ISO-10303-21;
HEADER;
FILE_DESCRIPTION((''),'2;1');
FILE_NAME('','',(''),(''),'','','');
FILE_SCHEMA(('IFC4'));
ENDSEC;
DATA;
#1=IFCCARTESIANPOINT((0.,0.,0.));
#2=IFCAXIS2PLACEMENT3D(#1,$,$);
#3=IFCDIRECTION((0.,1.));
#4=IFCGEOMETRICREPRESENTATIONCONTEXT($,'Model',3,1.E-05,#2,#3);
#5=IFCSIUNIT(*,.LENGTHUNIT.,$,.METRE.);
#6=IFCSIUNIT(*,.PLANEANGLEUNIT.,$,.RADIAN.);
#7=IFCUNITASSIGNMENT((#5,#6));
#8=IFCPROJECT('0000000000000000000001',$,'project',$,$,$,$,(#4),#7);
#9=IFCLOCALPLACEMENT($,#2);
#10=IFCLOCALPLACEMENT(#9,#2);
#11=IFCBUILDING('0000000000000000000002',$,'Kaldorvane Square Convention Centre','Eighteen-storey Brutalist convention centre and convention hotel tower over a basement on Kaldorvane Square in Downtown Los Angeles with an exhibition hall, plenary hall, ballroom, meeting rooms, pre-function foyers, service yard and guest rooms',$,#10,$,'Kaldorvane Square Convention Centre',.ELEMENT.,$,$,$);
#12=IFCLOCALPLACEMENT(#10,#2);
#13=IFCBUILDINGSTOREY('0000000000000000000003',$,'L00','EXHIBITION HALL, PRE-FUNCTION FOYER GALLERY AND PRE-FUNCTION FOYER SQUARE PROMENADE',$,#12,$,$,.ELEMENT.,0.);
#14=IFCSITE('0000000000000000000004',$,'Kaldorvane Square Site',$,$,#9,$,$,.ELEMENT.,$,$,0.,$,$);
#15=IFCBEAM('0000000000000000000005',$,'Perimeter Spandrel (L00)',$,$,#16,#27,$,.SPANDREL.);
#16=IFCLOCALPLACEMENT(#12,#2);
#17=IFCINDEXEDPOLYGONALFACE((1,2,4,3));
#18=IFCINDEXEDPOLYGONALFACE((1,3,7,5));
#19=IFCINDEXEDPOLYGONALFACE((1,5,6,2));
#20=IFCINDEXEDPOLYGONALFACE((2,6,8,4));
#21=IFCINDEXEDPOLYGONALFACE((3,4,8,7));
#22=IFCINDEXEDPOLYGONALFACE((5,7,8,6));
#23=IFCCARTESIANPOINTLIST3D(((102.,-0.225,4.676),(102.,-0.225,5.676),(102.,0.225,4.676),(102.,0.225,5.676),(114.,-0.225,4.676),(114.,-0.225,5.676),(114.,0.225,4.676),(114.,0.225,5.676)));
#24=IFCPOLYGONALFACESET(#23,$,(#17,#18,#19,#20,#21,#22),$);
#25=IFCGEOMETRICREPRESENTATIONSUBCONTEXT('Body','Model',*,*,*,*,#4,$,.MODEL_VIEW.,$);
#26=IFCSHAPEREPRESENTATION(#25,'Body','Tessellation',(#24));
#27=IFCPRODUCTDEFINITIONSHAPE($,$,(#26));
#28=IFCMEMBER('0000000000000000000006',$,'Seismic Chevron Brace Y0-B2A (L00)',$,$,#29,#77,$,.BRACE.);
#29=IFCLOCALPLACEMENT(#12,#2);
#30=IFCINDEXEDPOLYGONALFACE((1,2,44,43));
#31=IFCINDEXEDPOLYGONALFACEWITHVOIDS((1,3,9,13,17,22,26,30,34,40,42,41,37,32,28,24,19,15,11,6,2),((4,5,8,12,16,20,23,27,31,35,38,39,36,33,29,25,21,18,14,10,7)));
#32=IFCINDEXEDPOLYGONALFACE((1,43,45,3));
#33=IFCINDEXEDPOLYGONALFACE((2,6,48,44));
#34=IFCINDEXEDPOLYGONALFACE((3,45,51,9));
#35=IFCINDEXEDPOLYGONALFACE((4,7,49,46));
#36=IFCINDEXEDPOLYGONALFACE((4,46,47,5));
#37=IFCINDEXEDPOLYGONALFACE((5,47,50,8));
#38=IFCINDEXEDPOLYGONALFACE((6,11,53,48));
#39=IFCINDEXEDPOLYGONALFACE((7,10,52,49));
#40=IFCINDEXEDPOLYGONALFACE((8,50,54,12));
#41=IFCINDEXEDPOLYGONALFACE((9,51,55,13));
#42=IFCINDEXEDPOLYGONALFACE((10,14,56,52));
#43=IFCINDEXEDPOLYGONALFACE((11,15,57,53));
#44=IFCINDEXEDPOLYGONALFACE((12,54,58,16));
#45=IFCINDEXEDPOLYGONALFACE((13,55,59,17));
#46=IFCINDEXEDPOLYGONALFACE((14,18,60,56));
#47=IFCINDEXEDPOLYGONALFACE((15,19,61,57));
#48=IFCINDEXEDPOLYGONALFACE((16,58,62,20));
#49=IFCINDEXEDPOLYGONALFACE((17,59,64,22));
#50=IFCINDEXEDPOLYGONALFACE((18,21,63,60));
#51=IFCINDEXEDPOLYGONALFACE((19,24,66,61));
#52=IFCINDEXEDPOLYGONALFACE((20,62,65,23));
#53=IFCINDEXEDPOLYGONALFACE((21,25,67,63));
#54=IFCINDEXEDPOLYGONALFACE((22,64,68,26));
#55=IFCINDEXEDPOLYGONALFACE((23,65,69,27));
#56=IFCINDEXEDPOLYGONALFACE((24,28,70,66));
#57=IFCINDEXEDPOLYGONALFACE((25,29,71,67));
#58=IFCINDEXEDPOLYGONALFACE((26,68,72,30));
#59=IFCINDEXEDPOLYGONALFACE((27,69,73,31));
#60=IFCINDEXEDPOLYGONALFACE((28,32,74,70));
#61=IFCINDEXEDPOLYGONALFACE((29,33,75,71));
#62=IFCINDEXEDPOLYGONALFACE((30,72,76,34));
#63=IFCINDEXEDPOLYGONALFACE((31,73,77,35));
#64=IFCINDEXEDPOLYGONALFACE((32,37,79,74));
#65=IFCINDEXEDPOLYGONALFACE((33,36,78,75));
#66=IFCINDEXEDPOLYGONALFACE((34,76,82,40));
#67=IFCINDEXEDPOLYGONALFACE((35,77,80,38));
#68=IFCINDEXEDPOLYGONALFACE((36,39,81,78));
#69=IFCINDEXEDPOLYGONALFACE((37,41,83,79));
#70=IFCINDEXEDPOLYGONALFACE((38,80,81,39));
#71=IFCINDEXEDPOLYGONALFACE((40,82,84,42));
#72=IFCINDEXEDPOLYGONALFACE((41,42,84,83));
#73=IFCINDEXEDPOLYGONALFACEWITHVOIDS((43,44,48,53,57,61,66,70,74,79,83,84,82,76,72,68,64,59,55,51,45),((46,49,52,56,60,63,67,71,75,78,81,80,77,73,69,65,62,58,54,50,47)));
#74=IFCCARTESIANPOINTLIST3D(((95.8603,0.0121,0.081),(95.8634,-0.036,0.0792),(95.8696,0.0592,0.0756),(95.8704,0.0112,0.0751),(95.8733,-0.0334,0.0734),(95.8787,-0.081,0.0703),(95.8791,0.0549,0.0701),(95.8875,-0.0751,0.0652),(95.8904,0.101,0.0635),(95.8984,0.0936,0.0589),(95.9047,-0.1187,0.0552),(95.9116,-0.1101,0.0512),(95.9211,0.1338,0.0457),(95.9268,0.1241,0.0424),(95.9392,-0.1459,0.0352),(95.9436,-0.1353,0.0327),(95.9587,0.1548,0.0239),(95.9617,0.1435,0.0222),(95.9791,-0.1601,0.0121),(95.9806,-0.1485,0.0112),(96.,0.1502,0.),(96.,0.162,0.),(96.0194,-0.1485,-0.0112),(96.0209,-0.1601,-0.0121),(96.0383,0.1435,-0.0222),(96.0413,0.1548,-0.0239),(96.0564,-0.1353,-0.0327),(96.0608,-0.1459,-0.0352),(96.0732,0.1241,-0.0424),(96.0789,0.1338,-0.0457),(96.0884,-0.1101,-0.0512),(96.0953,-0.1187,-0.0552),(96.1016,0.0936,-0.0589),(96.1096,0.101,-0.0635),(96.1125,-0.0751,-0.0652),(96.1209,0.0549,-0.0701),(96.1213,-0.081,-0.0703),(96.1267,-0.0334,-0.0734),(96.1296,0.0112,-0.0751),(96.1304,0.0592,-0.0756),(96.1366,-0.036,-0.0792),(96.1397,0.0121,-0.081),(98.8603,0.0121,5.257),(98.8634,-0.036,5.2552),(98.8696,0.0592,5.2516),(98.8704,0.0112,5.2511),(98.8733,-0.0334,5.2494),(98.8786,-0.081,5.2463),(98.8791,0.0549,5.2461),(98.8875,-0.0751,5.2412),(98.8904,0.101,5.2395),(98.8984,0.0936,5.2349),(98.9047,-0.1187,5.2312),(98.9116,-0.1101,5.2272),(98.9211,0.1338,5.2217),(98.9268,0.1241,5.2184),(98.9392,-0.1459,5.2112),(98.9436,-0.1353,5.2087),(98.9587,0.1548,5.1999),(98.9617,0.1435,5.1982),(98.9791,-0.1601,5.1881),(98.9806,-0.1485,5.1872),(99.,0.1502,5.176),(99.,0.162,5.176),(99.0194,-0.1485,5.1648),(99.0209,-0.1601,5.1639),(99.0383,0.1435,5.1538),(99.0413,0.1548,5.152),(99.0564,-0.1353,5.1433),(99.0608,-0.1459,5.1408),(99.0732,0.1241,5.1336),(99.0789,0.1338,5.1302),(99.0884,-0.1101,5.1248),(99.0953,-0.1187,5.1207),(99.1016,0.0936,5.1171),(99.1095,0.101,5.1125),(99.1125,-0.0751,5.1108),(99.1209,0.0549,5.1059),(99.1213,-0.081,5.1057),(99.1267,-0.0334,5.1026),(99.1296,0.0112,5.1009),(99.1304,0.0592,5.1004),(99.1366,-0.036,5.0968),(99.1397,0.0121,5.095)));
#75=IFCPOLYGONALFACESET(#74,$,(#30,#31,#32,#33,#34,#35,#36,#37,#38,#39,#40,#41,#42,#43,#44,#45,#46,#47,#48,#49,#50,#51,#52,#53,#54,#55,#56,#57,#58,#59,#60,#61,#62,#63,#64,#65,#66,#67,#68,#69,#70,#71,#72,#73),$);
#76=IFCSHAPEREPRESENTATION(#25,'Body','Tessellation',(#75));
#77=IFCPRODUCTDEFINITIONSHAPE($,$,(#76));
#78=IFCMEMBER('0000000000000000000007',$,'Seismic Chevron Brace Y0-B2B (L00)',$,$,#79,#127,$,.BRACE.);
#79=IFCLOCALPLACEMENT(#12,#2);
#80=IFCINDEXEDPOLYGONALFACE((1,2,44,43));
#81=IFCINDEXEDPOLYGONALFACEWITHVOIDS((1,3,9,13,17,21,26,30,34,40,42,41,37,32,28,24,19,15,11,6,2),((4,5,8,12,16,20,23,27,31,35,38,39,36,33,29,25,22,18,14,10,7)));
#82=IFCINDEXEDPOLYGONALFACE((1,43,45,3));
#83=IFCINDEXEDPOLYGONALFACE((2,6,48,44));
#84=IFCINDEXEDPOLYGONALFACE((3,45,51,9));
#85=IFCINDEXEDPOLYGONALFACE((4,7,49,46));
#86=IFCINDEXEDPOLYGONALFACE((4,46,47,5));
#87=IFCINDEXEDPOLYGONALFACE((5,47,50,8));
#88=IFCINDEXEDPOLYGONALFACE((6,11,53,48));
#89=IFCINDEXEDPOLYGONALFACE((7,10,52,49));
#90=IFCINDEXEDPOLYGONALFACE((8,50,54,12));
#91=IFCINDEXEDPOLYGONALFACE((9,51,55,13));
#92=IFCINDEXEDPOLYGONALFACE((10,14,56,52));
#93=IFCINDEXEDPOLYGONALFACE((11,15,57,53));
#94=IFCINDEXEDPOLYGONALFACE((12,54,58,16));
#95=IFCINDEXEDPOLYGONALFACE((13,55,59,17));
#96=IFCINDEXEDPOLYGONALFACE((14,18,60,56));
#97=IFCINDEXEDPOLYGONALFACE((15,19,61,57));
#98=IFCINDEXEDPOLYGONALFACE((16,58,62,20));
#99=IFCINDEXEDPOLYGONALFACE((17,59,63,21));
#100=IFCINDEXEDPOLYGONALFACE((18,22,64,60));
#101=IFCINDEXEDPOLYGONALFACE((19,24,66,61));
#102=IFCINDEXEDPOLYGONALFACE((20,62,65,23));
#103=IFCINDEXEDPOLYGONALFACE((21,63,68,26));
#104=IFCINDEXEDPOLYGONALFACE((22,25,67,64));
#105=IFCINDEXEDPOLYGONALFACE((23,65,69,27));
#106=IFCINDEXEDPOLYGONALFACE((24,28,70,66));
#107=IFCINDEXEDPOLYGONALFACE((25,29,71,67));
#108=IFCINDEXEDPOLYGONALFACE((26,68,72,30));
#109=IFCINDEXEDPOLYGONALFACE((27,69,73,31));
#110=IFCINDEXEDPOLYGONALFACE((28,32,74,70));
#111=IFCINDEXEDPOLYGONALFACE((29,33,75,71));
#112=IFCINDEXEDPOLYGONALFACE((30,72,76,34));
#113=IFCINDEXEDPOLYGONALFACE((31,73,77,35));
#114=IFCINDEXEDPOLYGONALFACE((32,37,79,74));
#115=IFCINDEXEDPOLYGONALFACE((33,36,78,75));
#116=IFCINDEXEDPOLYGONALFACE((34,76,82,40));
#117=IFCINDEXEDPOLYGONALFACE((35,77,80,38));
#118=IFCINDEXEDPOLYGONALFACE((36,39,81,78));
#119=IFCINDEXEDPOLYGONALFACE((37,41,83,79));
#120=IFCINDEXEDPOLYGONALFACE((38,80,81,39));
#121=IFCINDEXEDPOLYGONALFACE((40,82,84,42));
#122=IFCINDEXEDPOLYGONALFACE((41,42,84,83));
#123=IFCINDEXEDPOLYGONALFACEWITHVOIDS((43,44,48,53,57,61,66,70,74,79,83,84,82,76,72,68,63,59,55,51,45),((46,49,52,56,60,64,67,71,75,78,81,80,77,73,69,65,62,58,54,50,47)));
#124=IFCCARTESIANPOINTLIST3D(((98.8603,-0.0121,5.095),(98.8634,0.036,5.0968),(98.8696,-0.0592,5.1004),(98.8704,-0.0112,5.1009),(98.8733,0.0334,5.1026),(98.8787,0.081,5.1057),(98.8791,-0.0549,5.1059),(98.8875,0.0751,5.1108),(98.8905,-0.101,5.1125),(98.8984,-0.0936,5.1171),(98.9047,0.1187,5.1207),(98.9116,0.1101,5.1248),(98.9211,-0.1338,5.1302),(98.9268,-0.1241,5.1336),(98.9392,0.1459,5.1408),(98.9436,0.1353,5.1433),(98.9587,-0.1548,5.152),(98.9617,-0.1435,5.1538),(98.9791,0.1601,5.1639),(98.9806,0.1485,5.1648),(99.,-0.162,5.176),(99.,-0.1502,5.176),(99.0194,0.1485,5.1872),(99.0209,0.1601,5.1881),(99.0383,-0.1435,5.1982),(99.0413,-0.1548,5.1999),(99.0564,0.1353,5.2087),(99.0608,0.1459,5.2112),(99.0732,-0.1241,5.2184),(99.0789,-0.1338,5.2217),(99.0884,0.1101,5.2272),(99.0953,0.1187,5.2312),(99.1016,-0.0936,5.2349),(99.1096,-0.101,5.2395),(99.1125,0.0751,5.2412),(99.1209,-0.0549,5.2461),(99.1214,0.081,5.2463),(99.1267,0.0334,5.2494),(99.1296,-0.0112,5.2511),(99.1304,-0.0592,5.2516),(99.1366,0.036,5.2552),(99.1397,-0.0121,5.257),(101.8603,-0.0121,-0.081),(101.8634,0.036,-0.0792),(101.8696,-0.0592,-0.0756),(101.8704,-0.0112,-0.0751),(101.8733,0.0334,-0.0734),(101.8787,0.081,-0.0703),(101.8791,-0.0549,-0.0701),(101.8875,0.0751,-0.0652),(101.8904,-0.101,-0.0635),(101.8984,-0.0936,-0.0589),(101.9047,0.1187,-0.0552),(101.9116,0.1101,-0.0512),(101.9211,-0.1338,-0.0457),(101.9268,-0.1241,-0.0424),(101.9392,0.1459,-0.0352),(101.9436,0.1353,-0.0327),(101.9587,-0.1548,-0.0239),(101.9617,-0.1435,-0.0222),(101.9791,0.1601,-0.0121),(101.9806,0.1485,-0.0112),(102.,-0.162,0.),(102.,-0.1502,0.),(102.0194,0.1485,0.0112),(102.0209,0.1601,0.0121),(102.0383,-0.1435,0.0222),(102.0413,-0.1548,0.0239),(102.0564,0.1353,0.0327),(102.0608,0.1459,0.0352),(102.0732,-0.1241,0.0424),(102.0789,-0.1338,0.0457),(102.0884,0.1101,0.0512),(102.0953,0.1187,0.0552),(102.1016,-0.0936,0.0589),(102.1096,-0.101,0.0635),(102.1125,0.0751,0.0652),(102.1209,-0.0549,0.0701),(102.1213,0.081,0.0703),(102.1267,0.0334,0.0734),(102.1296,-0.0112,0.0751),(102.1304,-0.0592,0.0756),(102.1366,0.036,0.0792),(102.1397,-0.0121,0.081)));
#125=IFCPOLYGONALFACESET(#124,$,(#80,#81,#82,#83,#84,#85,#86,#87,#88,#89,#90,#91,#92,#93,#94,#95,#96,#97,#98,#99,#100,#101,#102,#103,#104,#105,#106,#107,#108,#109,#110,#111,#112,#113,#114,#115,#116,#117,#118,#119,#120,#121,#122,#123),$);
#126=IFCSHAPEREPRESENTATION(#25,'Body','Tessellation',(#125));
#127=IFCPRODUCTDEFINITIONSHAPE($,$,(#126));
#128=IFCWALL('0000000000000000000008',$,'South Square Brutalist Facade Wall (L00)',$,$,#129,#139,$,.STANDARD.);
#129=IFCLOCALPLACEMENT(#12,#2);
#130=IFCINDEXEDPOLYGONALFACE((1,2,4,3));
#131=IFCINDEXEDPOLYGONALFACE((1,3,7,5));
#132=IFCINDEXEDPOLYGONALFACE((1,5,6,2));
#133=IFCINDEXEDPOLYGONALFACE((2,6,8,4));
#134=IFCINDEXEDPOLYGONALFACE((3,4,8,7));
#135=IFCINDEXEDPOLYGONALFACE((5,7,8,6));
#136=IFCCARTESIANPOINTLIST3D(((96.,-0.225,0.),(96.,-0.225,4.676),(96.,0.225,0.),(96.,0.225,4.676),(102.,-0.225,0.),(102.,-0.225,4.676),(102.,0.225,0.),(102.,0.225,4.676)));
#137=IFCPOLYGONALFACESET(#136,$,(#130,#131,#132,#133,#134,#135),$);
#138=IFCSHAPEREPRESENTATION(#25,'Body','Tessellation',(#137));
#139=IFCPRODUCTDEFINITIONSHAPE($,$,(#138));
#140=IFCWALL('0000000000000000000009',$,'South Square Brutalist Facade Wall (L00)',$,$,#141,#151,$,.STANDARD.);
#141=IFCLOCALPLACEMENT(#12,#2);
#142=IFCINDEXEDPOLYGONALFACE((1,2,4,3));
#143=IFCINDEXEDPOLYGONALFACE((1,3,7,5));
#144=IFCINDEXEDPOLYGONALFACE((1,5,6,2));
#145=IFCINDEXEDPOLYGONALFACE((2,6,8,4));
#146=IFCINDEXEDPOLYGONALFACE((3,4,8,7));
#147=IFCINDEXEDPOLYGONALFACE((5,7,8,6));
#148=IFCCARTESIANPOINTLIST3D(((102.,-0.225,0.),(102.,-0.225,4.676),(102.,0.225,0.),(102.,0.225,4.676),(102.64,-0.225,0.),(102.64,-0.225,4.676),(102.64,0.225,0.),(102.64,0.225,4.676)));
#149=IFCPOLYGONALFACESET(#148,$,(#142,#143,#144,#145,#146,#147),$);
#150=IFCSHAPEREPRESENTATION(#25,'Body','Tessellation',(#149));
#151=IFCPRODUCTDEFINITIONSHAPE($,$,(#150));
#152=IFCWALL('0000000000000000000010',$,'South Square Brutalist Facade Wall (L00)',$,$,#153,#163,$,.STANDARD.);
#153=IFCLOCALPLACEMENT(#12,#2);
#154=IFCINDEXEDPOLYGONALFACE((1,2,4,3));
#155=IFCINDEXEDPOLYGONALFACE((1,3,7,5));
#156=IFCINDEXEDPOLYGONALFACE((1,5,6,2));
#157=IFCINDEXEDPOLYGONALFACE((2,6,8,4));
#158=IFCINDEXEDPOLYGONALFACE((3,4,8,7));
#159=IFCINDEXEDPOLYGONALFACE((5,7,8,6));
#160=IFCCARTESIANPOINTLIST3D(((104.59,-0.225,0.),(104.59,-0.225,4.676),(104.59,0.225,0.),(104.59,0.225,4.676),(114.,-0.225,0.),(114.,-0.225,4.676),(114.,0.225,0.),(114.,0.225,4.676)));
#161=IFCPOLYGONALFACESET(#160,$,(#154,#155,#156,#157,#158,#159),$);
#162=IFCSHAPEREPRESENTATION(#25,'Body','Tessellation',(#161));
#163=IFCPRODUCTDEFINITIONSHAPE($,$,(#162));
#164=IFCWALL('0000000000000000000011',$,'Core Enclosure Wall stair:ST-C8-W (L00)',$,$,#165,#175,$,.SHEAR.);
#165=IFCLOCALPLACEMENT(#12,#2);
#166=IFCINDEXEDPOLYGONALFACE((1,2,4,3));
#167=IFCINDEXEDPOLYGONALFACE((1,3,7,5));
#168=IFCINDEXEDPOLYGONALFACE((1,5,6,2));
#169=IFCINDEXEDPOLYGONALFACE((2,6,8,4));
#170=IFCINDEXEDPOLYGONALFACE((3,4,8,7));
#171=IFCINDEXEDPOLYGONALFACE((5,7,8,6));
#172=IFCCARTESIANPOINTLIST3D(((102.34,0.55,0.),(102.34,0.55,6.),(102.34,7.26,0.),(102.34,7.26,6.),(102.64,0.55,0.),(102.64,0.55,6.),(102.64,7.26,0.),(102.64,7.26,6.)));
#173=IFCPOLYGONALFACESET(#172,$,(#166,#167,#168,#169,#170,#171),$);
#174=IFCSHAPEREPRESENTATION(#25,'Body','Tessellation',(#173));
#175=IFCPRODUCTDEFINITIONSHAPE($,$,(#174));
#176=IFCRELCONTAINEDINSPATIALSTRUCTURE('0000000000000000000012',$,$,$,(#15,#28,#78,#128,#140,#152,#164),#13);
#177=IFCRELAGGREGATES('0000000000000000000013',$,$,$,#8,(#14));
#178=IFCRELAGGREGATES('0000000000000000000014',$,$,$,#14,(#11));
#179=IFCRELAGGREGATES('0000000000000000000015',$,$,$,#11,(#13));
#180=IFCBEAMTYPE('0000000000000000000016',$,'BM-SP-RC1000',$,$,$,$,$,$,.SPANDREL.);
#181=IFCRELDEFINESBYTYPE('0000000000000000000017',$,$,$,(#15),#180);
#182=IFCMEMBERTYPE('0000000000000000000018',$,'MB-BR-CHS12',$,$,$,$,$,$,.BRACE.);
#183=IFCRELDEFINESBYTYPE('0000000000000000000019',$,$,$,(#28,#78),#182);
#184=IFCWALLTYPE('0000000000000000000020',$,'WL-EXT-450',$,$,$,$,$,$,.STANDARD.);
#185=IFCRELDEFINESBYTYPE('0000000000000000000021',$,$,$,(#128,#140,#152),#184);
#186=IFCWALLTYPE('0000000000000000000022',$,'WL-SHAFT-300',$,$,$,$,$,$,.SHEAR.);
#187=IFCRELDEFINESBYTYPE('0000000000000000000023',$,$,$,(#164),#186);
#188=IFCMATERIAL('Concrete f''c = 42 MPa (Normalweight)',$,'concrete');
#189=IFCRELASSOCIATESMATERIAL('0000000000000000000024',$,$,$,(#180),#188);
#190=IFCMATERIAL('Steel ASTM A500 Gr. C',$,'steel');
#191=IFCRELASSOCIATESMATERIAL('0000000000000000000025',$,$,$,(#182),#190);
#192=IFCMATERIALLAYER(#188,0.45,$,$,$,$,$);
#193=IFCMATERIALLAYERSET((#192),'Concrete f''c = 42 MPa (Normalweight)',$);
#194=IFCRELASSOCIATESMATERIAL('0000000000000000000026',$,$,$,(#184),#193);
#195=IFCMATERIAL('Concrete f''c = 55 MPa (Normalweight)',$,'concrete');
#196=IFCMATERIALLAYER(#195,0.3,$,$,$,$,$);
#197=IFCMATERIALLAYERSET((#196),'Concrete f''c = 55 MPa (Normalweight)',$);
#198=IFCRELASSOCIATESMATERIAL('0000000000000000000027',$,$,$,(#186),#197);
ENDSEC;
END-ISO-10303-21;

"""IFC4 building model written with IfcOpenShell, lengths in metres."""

from ifc_helpers import new_model, si_unit, direction, frame, frame_2d, origin, origin_2d, place, context, subcontext, project, spatial, rectangle, hollow_circle, extrude, material, layer, layer_set, material_profile, profile_set, type_object, element, save


model = new_model("IFC4")

# Units and contexts
model_context = context("Model", 3, precision=1e-05, world=origin(), true_north=direction((0.0, 1.0)))
body_context = subcontext(model_context, "Body", "Model", "MODEL_VIEW")
ifc_project = project(units=[si_unit("LENGTHUNIT", "METRE"), si_unit("PLANEANGLEUNIT", "RADIAN")], contexts=[model_context])

# Site, building, storey
site_placement = place(None, origin())
site = spatial("IfcSite", under=ifc_project, at=site_placement, Name="Kaldorvane Square Site", CompositionType="ELEMENT", RefElevation=0.0)
building_placement = place(site_placement, origin())
building = spatial("IfcBuilding", under=site, at=building_placement, Name="Kaldorvane Square Convention Centre", Description="Eighteen-storey Brutalist convention centre and convention hotel tower over a basement on Kaldorvane Square in Downtown Los Angeles with an exhibition hall, plenary hall, ballroom, meeting rooms, pre-function foyers, service yard and guest rooms", LongName="Kaldorvane Square Convention Centre", CompositionType="ELEMENT")
storey_placement = place(building_placement, origin())
storey = spatial("IfcBuildingStorey", under=building, at=storey_placement, Name="L00", Description="EXHIBITION HALL, PRE-FUNCTION FOYER GALLERY AND PRE-FUNCTION FOYER SQUARE PROMENADE", CompositionType="ELEMENT", Elevation=0.0)

# Beam
ifc_material_1 = material(Name="Concrete f'c = 42 MPa (Normalweight)", Category="concrete")
ifc_material_profile_1 = material_profile(ifc_material_1, rectangle(XDim=0.45, YDim=1.0, at=origin_2d()), Name="RCSP1000X450")
ifc_profile_set_1 = profile_set([ifc_material_profile_1], Name="Concrete f'c = 42 MPa (Normalweight)")
beam_type_1 = type_object("IfcBeamType", Name="BM-SP-RC1000", PredefinedType="SPANDREL", material=ifc_profile_set_1)
beam_1_placement = place(storey_placement, frame((102.0, 0.0, 5.176), z_axis=(1.0, 0.0, 0.0), x_axis=(0.0, 1.0, 0.0)))
element("IfcBeam", 1, at=beam_1_placement, inside=storey, type_object=beam_type_1, Name="Perimeter Spandrel (L00)", PredefinedType="SPANDREL", context=body_context, shape_type="SweptSolid", body=[
    extrude(rectangle(XDim=0.45, YDim=1.0, at=origin_2d()), origin(), (0.0, 0.0, 1.0), 12.0),
])

# Members
ifc_material_2 = material(Name="Steel ASTM A500 Gr. C", Category="steel")
ifc_material_profile_2 = material_profile(ifc_material_2, hollow_circle(Radius=0.162, WallThickness=0.0118, at=origin_2d()), Name="HSS12.750X0.500")
ifc_profile_set_2 = profile_set([ifc_material_profile_2], Name="Steel ASTM A500 Gr. C")
member_type = type_object("IfcMemberType", Name="MB-BR-CHS12", PredefinedType="BRACE", material=ifc_profile_set_2)
for number, where, z_axis, x_axis, name in (
    (2, (96.0, 0.0, 0.0), (0.501458, 0.0, 0.865182), (0.0, 1.0, 0.0), "Seismic Chevron Brace Y0-B2A (L00)"),
    (3, (102.0, 0.0, 0.0), (-0.501458, 0.0, 0.865182), (0.0, -1.0, 0.0), "Seismic Chevron Brace Y0-B2B (L00)"),
):
    element("IfcMember", number, at=place(storey_placement, frame(where, z_axis=z_axis, x_axis=x_axis)), inside=storey, type_object=member_type, Name=name, PredefinedType="BRACE", context=body_context, shape_type="SweptSolid", body=[
        extrude(hollow_circle(Radius=0.162, WallThickness=0.0118, at=origin_2d()), origin(), (0.0, 0.0, 1.0), 5.9825),
    ])

# Walls
ifc_layer_1 = layer(ifc_material_1, 0.45)
ifc_layer_set_1 = layer_set([ifc_layer_1], Name="Concrete f'c = 42 MPa (Normalweight)")
wall_type_1 = type_object("IfcWallType", Name="WL-EXT-450", PredefinedType="STANDARD", material=ifc_layer_set_1)
wall_1_placement = place(storey_placement, frame((96.0, 0.0, 0.0), z_axis=(0.0, 0.0, 1.0), x_axis=(1.0, 0.0, 0.0)))
element("IfcWall", 4, at=wall_1_placement, inside=storey, type_object=wall_type_1, Name="South Square Brutalist Facade Wall (L00)", PredefinedType="STANDARD", context=body_context, shape_type="SweptSolid", body=[
    extrude(rectangle(XDim=6.0, YDim=0.45, at=frame_2d((3.0, 0.0))), origin(), (0.0, 0.0, 1.0), 4.676),
])
wall_2_placement = place(storey_placement, frame((102.0, 0.0, 0.0), z_axis=(0.0, 0.0, 1.0), x_axis=(1.0, 0.0, 0.0)))
element("IfcWall", 5, at=wall_2_placement, inside=storey, type_object=wall_type_1, Name="South Square Brutalist Facade Wall (L00)", PredefinedType="STANDARD", context=body_context, shape_type="SweptSolid", body=[
    extrude(rectangle(XDim=0.64, YDim=0.45, at=frame_2d((0.32, 0.0))), origin(), (0.0, 0.0, 1.0), 4.676),
])
wall_3_placement = place(storey_placement, frame((104.59, 0.0, 0.0), z_axis=(0.0, 0.0, 1.0), x_axis=(1.0, 0.0, 0.0)))
element("IfcWall", 6, at=wall_3_placement, inside=storey, type_object=wall_type_1, Name="South Square Brutalist Facade Wall (L00)", PredefinedType="STANDARD", context=body_context, shape_type="SweptSolid", body=[
    extrude(rectangle(XDim=9.41, YDim=0.45, at=frame_2d((4.705, 0.0))), origin(), (0.0, 0.0, 1.0), 4.676),
])
ifc_material_3 = material(Name="Concrete f'c = 55 MPa (Normalweight)", Category="concrete")
ifc_layer_2 = layer(ifc_material_3, 0.3)
ifc_layer_set_2 = layer_set([ifc_layer_2], Name="Concrete f'c = 55 MPa (Normalweight)")
wall_type_2 = type_object("IfcWallType", Name="WL-SHAFT-300", PredefinedType="SHEAR", material=ifc_layer_set_2)
wall_4_placement = place(storey_placement, frame((102.49, 7.26, 0.0), z_axis=(0.0, 0.0, 1.0), x_axis=(0.0, -1.0, 0.0)))
element("IfcWall", 7, at=wall_4_placement, inside=storey, type_object=wall_type_2, Name="Core Enclosure Wall stair:ST-C8-W (L00)", PredefinedType="SHEAR", context=body_context, shape_type="SweptSolid", body=[
    extrude(rectangle(XDim=6.71, YDim=0.3, at=frame_2d((3.355, 0.0))), origin(), (0.0, 0.0, 1.0), 6.0),
])

save(model, "model.ifc")
